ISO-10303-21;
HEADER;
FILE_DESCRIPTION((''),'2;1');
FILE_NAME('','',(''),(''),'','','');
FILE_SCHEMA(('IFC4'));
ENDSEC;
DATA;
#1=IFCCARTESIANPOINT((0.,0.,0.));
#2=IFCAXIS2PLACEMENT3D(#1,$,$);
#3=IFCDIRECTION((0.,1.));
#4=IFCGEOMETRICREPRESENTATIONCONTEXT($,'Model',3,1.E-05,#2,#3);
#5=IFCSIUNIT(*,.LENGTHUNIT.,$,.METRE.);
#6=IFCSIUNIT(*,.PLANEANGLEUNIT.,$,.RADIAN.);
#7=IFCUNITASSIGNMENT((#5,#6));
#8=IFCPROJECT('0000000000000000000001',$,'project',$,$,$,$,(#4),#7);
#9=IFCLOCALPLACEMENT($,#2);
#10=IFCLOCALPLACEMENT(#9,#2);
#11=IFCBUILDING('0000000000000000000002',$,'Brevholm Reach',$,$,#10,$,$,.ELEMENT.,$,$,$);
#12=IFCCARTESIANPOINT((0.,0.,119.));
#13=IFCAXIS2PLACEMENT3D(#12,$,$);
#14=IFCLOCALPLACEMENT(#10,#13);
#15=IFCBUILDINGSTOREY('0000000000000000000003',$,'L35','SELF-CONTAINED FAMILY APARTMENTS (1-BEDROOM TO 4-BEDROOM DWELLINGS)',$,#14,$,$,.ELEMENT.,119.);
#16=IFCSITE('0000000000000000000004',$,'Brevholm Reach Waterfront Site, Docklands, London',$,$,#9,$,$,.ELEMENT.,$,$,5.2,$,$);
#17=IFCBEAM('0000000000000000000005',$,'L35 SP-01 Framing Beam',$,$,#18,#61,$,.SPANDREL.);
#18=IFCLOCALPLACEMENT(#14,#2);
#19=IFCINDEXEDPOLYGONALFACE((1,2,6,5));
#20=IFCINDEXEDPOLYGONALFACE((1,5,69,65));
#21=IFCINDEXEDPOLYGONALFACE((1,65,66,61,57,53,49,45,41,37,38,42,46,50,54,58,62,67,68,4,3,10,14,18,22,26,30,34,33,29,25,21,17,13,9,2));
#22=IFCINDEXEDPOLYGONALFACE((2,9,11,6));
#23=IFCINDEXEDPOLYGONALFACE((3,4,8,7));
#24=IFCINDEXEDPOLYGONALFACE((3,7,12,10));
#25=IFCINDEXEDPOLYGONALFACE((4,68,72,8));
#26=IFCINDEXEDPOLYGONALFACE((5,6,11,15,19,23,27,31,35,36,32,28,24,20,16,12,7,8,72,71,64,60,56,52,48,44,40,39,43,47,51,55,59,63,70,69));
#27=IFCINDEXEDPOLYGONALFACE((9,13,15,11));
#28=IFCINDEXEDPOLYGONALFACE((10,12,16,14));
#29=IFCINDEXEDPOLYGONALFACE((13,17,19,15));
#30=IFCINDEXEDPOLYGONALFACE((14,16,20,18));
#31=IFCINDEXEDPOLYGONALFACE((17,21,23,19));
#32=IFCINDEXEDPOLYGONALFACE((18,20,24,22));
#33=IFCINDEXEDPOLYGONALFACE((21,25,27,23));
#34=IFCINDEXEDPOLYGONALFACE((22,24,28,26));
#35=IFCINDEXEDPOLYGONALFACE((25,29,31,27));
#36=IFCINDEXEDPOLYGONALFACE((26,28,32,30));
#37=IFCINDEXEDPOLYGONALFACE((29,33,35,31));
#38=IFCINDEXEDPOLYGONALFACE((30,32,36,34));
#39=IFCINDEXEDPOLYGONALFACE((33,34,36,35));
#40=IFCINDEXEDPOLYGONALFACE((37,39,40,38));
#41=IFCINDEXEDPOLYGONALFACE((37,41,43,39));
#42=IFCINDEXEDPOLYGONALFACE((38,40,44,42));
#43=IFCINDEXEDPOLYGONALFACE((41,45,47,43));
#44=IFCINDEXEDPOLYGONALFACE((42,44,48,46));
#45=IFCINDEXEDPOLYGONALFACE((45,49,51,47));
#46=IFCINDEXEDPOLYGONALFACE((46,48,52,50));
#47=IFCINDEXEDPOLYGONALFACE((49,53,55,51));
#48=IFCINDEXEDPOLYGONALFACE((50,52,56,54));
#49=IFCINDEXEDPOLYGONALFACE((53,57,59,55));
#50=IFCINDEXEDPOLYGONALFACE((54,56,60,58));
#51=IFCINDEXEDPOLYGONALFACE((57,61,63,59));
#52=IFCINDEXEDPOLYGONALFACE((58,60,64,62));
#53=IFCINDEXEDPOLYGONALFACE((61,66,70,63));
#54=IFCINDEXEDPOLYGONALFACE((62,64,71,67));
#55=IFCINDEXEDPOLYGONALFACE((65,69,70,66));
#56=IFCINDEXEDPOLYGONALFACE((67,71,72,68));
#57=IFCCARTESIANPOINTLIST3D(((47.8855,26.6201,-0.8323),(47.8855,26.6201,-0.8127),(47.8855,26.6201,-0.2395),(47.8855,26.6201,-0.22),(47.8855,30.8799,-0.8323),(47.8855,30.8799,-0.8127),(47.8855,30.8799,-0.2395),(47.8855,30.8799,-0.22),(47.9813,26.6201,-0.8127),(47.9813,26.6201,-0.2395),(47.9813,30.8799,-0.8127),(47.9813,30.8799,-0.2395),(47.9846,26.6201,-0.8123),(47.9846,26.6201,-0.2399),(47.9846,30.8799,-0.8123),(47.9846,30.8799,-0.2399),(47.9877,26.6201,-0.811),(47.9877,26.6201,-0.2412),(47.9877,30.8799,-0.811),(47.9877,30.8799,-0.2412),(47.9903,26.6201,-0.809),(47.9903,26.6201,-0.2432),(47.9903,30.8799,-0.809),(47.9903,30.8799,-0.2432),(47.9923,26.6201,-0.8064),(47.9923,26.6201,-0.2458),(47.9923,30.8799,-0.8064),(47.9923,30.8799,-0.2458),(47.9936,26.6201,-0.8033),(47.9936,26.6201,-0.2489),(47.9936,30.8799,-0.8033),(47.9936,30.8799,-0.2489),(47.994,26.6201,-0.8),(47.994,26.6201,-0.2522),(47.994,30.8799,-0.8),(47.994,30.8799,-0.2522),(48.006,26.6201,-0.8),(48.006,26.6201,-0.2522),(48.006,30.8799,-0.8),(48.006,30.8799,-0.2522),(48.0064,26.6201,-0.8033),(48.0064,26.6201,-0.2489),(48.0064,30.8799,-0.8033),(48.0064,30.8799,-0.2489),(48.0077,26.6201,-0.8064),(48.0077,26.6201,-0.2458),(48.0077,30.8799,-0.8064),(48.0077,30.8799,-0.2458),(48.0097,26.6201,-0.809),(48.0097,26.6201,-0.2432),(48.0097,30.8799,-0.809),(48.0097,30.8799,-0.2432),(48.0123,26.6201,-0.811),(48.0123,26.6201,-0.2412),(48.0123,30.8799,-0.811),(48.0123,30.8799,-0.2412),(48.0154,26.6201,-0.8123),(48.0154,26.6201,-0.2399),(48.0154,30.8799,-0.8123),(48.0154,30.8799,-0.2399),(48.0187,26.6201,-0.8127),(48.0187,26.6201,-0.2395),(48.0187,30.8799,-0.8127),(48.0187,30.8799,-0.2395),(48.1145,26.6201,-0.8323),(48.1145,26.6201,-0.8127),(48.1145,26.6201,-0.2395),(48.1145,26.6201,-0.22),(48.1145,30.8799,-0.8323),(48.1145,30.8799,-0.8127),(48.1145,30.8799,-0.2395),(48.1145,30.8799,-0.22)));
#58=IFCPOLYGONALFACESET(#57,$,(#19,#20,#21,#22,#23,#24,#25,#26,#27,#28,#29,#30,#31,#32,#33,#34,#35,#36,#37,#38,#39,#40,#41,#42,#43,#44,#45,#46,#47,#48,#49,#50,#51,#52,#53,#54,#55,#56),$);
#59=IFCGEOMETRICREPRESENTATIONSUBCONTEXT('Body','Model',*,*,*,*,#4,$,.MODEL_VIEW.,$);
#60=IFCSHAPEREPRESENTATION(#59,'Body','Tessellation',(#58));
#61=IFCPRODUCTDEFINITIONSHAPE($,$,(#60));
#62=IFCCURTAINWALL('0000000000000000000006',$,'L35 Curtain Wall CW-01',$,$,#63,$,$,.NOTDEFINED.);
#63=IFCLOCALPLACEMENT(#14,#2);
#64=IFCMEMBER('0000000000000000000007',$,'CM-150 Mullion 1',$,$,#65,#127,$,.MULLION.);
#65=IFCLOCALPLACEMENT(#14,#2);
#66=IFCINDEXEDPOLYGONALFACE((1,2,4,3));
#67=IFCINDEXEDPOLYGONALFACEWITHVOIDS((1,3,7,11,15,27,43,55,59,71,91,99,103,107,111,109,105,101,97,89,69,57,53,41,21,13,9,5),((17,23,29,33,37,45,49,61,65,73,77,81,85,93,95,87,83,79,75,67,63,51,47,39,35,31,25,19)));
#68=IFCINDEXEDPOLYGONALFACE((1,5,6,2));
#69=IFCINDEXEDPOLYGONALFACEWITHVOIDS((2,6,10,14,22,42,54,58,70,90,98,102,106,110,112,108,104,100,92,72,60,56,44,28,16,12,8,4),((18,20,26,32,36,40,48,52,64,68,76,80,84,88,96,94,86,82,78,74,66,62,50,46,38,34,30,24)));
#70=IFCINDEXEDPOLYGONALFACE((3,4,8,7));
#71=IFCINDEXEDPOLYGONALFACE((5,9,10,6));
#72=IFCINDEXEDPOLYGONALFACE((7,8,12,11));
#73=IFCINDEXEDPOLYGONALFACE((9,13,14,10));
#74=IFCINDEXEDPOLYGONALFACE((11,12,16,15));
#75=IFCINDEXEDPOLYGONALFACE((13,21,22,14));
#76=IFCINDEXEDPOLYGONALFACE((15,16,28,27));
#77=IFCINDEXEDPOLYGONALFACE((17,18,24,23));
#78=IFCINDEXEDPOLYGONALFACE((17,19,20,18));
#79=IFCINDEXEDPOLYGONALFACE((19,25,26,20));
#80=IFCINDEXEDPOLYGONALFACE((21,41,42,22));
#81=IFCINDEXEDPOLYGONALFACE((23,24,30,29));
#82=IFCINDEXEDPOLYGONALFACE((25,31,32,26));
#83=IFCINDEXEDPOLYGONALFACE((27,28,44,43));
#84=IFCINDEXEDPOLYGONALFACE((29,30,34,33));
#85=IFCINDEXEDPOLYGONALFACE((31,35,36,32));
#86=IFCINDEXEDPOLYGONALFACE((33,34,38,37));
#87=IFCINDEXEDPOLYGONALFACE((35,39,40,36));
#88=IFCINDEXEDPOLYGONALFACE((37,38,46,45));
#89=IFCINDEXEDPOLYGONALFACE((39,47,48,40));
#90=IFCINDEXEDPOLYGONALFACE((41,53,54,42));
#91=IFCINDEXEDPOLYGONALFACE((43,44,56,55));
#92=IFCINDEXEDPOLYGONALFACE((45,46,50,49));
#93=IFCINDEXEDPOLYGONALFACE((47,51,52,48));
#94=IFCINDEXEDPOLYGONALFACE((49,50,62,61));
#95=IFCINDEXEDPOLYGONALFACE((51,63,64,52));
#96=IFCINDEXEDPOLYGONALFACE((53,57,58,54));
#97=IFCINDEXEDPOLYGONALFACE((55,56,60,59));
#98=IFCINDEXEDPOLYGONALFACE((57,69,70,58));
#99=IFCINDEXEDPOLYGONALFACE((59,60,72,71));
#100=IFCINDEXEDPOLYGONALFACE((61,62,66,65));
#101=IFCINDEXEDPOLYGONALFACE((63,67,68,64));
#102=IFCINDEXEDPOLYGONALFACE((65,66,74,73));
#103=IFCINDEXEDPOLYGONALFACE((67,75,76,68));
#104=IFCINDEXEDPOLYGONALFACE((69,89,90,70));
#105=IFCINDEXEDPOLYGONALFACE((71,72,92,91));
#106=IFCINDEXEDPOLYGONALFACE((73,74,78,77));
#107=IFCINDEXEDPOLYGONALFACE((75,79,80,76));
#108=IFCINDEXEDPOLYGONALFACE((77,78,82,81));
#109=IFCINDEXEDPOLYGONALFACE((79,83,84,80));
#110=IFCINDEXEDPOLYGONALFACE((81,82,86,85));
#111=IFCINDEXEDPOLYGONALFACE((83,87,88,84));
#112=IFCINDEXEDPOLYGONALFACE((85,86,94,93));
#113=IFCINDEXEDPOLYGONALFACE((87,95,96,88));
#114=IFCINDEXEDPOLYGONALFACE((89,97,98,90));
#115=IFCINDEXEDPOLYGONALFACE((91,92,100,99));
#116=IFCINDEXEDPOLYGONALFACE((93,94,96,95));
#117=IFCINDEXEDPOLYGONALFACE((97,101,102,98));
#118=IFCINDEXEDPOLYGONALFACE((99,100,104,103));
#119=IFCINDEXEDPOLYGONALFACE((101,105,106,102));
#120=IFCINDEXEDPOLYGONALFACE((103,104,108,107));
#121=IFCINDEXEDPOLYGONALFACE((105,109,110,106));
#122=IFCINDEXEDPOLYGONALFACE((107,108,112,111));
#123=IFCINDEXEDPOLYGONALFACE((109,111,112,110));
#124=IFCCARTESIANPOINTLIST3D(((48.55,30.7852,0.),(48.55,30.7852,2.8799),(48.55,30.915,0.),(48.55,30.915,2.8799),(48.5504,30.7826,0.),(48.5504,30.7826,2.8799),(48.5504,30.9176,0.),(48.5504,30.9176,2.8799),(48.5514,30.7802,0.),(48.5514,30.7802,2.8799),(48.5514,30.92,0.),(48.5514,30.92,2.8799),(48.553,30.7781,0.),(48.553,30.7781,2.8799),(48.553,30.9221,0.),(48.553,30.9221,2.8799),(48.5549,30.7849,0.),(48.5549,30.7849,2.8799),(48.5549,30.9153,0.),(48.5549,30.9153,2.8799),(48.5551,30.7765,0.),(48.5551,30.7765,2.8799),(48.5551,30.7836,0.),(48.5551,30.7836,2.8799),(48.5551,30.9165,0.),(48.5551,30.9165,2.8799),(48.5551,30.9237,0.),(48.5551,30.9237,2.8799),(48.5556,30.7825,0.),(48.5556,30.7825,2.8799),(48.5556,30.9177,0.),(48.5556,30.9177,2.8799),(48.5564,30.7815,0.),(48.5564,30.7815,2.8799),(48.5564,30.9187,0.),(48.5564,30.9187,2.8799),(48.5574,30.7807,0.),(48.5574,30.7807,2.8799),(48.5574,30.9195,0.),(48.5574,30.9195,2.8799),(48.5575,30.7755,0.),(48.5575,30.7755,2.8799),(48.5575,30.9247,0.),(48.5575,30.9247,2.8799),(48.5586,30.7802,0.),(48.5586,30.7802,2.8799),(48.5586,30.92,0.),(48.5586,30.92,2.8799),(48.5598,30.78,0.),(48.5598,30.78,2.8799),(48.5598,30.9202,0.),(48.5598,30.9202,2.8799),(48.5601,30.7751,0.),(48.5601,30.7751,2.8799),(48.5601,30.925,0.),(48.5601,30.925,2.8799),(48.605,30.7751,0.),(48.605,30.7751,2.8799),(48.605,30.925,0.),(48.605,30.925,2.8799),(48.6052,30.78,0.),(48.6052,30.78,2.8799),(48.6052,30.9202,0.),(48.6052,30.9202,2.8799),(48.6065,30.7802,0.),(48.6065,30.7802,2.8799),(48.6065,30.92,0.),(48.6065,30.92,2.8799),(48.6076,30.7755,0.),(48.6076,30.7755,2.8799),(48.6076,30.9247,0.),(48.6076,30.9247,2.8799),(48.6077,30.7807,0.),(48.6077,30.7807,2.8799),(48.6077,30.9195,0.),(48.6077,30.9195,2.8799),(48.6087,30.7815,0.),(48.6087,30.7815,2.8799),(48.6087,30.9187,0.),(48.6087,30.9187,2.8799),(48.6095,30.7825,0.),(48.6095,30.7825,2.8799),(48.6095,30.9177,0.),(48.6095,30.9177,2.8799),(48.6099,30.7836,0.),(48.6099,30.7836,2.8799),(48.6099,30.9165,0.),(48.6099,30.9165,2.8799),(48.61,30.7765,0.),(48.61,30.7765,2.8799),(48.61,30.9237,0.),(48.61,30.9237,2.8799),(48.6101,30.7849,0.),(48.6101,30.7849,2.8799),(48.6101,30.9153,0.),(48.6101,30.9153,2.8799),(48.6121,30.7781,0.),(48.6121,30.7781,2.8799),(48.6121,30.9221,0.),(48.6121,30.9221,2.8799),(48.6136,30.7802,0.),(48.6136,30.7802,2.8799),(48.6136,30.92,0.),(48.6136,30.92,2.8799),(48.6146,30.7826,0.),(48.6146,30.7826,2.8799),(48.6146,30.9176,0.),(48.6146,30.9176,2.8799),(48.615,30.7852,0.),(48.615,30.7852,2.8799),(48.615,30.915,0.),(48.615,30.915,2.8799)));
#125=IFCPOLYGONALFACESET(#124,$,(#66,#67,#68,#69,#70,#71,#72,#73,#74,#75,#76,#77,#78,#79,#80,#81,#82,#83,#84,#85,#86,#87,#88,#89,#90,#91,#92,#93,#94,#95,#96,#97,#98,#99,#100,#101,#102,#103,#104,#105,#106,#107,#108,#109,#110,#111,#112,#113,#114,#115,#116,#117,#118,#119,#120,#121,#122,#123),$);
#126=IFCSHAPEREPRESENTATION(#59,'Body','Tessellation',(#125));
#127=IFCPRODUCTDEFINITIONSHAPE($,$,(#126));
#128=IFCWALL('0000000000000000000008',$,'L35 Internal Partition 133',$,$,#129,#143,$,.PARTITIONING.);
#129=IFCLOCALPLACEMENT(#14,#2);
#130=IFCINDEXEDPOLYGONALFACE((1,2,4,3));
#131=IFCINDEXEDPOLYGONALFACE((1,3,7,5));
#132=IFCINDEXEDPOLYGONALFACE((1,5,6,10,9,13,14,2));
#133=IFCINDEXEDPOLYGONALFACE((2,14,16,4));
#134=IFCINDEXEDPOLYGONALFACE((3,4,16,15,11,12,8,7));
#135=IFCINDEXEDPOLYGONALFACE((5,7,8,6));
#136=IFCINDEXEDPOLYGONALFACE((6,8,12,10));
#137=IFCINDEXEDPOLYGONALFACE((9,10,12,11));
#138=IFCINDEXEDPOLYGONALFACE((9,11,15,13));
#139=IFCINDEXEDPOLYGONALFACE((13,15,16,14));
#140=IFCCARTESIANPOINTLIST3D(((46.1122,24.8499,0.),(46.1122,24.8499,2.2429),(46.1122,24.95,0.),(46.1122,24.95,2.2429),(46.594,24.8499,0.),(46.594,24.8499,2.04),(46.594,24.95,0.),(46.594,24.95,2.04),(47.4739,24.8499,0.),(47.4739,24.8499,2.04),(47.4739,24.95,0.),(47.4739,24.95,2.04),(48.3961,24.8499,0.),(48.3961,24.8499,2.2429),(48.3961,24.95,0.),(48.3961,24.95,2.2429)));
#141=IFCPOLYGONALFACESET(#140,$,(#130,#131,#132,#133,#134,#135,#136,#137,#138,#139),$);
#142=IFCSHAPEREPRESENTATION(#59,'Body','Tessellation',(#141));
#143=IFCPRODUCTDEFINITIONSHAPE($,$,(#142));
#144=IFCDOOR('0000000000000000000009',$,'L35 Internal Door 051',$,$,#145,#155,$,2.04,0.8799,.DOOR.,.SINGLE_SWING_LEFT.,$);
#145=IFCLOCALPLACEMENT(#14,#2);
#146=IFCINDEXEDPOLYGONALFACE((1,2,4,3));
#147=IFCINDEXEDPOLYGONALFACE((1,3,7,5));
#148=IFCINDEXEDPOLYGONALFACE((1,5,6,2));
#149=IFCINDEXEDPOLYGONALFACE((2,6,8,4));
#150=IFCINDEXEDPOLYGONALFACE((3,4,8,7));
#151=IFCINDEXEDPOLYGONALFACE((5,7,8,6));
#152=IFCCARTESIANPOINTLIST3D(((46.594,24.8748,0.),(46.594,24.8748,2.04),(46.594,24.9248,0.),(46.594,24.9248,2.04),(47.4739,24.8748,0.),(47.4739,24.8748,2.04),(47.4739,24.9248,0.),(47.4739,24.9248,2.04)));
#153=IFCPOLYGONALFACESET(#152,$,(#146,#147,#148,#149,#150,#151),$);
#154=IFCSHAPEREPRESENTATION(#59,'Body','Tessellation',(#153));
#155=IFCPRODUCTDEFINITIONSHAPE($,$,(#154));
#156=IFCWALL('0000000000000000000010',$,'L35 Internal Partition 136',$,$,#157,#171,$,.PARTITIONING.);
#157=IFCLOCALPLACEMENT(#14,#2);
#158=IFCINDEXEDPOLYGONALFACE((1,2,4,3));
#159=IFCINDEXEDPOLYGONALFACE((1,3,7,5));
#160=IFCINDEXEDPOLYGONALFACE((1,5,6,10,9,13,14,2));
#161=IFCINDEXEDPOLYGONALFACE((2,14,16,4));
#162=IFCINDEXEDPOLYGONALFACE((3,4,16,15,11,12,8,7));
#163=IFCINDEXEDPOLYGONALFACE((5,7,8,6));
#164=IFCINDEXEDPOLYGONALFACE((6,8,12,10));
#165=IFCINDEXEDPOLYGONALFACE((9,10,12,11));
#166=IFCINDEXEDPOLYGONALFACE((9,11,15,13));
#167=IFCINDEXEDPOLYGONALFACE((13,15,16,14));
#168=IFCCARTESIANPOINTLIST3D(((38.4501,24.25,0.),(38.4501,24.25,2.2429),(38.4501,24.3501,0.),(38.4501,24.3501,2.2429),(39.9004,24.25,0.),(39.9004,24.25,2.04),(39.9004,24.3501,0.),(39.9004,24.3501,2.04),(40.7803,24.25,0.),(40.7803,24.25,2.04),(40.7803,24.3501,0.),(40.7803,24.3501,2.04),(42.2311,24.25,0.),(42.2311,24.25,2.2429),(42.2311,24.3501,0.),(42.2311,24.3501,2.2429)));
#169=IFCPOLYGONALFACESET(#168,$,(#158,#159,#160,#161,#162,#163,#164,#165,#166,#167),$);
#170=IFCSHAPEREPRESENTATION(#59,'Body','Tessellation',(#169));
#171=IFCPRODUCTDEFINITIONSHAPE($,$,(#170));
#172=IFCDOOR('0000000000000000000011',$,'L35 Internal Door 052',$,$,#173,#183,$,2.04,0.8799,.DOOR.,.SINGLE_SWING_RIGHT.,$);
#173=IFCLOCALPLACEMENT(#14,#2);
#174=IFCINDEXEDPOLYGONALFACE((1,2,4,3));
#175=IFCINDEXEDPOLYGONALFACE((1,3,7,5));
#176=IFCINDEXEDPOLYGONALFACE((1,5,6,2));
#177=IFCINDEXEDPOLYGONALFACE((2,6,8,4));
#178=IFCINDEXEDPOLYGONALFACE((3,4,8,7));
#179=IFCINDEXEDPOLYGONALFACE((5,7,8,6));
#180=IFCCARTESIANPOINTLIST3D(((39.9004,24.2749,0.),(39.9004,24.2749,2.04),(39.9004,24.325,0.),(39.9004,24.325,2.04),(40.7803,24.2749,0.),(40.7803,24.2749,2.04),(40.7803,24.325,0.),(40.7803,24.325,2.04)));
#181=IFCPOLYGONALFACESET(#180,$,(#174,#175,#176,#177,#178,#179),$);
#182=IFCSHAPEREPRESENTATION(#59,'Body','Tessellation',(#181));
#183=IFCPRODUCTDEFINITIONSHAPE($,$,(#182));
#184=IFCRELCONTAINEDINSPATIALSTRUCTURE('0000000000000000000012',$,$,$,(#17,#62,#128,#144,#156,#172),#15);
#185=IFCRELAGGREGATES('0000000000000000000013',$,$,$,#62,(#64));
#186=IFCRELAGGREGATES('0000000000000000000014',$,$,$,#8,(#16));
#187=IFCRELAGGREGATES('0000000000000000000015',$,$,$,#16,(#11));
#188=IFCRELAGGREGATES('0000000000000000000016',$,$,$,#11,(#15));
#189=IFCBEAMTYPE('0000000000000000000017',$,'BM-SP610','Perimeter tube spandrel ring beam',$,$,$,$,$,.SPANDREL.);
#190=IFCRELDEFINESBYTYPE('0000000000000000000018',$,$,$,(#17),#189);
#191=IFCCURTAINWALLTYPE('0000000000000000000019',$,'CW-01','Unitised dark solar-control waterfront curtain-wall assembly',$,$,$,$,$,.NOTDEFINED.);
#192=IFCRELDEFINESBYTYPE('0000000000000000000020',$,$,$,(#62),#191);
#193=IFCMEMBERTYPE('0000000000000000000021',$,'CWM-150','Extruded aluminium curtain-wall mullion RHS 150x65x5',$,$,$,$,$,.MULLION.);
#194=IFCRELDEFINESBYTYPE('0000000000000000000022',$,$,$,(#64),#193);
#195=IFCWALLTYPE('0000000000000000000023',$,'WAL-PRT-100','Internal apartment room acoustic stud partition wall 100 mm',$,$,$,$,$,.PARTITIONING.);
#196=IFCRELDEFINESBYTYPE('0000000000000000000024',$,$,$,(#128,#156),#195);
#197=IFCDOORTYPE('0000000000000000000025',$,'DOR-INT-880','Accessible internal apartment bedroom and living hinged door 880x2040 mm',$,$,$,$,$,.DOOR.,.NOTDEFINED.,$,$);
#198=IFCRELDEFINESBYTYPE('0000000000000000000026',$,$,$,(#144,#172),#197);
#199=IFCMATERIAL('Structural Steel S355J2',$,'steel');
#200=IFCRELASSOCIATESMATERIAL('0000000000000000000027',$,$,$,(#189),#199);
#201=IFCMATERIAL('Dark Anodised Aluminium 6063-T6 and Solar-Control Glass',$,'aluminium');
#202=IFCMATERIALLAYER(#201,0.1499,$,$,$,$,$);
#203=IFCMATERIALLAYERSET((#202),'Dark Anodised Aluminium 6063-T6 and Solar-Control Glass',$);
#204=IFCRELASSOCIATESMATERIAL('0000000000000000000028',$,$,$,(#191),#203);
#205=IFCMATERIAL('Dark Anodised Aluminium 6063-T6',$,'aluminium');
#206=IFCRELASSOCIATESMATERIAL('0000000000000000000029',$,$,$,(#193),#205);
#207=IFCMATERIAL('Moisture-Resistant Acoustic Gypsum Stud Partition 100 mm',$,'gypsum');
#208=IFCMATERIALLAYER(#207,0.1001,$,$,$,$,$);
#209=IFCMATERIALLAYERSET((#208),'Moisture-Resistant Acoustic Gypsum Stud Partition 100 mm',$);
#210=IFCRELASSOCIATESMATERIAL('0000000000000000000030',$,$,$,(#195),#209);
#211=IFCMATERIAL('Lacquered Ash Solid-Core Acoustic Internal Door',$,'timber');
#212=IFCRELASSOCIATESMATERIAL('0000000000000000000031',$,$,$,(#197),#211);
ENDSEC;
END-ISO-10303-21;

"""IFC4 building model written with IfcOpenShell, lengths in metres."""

from ifc_helpers import new_model, si_unit, direction, frame, frame_2d, origin, origin_2d, place, context, subcontext, project, spatial, rectangle, hollow_rectangle, i_section, extrude, material, layer, layer_set, material_profile, profile_set, type_object, element, fill, aggregate, save


model = new_model("IFC4")

# Units and contexts
model_context = context("Model", 3, precision=1e-05, world=origin(), true_north=direction((0.0, 1.0)))
body_context = subcontext(model_context, "Body", "Model", "MODEL_VIEW")
ifc_project = project(units=[si_unit("LENGTHUNIT", "METRE"), si_unit("PLANEANGLEUNIT", "RADIAN")], contexts=[model_context])

# Site, building, storey
site_placement = place(None, origin())
site = spatial("IfcSite", under=ifc_project, at=site_placement, Name="Brevholm Reach Waterfront Site, Docklands, London", CompositionType="ELEMENT", RefElevation=5.2)
building_placement = place(site_placement, origin())
building = spatial("IfcBuilding", under=site, at=building_placement, Name="Brevholm Reach", CompositionType="ELEMENT")
storey_placement = place(building_placement, frame((0.0, 0.0, 119.0)))
storey = spatial("IfcBuildingStorey", under=building, at=storey_placement, Name="L35", Description="SELF-CONTAINED FAMILY APARTMENTS (1-BEDROOM TO 4-BEDROOM DWELLINGS)", CompositionType="ELEMENT", Elevation=119.0)

# Beam
ifc_material_1 = material(Name="Structural Steel S355J2", Category="steel")
ifc_material_profile_1 = material_profile(ifc_material_1, i_section(OverallWidth=0.229, OverallDepth=0.6123, WebThickness=0.012, FlangeThickness=0.0195, FilletRadius=0.0127, at=origin_2d()), Name="UKB 610x229x125")
ifc_profile_set_1 = profile_set([ifc_material_profile_1], Name="Structural Steel S355J2")
beam_type_1 = type_object("IfcBeamType", Name="BM-SP610", Description="Perimeter tube spandrel ring beam", PredefinedType="SPANDREL", material=ifc_profile_set_1)
beam_1_placement = place(storey_placement, frame((48.0, 26.6201, -0.5261), z_axis=(0.0, 1.0, 0.0), x_axis=(-1.0, 0.0, 0.0)))
element("IfcBeam", 1, at=beam_1_placement, inside=storey, type_object=beam_type_1, Name="L35 SP-01 Framing Beam", PredefinedType="SPANDREL", context=body_context, shape_type="SweptSolid", body=[
    extrude(i_section(OverallWidth=0.229, OverallDepth=0.6123, WebThickness=0.012, FlangeThickness=0.0195, FilletRadius=0.0127, at=origin_2d()), origin(), (0.0, 0.0, 1.0), 4.2598),
])

# Curtain wall, member
ifc_material_2 = material(Name="Dark Anodised Aluminium 6063-T6 and Solar-Control Glass", Category="aluminium")
ifc_layer_1 = layer(ifc_material_2, 0.1499)
ifc_layer_set_1 = layer_set([ifc_layer_1], Name="Dark Anodised Aluminium 6063-T6 and Solar-Control Glass")
curtain_wall_type = type_object("IfcCurtainWallType", Name="CW-01", Description="Unitised dark solar-control waterfront curtain-wall assembly", PredefinedType="NOTDEFINED", material=ifc_layer_set_1)
curtain_wall_placement = place(storey_placement, origin())
curtain_wall = element("IfcCurtainWall", 2, at=curtain_wall_placement, inside=storey, type_object=curtain_wall_type, Name="L35 Curtain Wall CW-01", PredefinedType="NOTDEFINED")
ifc_material_3 = material(Name="Dark Anodised Aluminium 6063-T6", Category="aluminium")
ifc_material_profile_2 = material_profile(ifc_material_3, hollow_rectangle(XDim=0.0649, YDim=0.1499, WallThickness=0.0049, InnerFilletRadius=0.0049, OuterFilletRadius=0.01, at=origin_2d()), Name="RHS 150x65x5")
ifc_profile_set_2 = profile_set([ifc_material_profile_2], Name="Dark Anodised Aluminium 6063-T6")
member_type = type_object("IfcMemberType", Name="CWM-150", Description="Extruded aluminium curtain-wall mullion RHS 150x65x5", PredefinedType="MULLION", material=ifc_profile_set_2)
member_placement = place(storey_placement, frame((48.5825, 30.8501, 0.0), z_axis=(0.0, 0.0, 1.0), x_axis=(1.0, 0.0, 0.0)))
member = element("IfcMember", 3, at=member_placement, type_object=member_type, Name="CM-150 Mullion 1", PredefinedType="MULLION", context=body_context, shape_type="SweptSolid", body=[
    extrude(hollow_rectangle(XDim=0.0649, YDim=0.1499, WallThickness=0.0049, InnerFilletRadius=0.0049, OuterFilletRadius=0.01, at=origin_2d()), origin(), (0.0, 0.0, 1.0), 2.8799),
])
aggregate(curtain_wall, [member])

# Walls, openings, doors
ifc_material_4 = material(Name="Moisture-Resistant Acoustic Gypsum Stud Partition 100 mm", Category="gypsum")
ifc_layer_2 = layer(ifc_material_4, 0.1001)
ifc_layer_set_2 = layer_set([ifc_layer_2], Name="Moisture-Resistant Acoustic Gypsum Stud Partition 100 mm")
wall_type_1 = type_object("IfcWallType", Name="WAL-PRT-100", Description="Internal apartment room acoustic stud partition wall 100 mm", PredefinedType="PARTITIONING", material=ifc_layer_set_2)
wall_1_placement = place(storey_placement, frame((46.1121, 24.8999, 0.0), z_axis=(0.0, 0.0, 1.0), x_axis=(1.0, 0.0, 0.0)))
wall_1 = element("IfcWall", 4, at=wall_1_placement, inside=storey, type_object=wall_type_1, Name="L35 Internal Partition 133", PredefinedType="PARTITIONING", context=body_context, shape_type="SweptSolid", body=[
    extrude(rectangle(XDim=2.2839, YDim=0.1001, at=frame_2d((1.1421, 0.0))), origin(), (0.0, 0.0, 1.0), 2.2429),
])
opening_1_placement = place(wall_1_placement, frame((0.4819, 0.0, 0.0)))
opening_1 = element("IfcOpeningElement", 5, at=opening_1_placement, cuts=wall_1, PredefinedType="OPENING", context=body_context, shape_type="SweptSolid", body=[
    extrude(rectangle(XDim=0.8799, YDim=2.04, at=frame_2d((0.4399, 1.02))), frame((0.0, 0.0601, 0.0), z_axis=(0.0, -1.0, 0.0), x_axis=(1.0, 0.0, 0.0)), (0.0, 0.0, 1.0), 0.1201),
])
ifc_material_5 = material(Name="Lacquered Ash Solid-Core Acoustic Internal Door", Category="timber")
door_type_1 = type_object("IfcDoorType", Name="DOR-INT-880", Description="Accessible internal apartment bedroom and living hinged door 880x2040 mm", OperationType="NOTDEFINED", PredefinedType="DOOR", material=ifc_material_5)
door_1_placement = place(opening_1_placement, origin())
door_1 = element("IfcDoor", 6, at=door_1_placement, inside=storey, type_object=door_type_1, Name="L35 Internal Door 051", OperationType="SINGLE_SWING_LEFT", OverallHeight=2.04, OverallWidth=0.8799, PredefinedType="DOOR", context=body_context, shape_type="SweptSolid", body=[
    extrude(rectangle(XDim=0.8799, YDim=2.04, at=frame_2d((0.4399, 1.02))), frame((0.0, 0.0249, 0.0), z_axis=(0.0, -1.0, 0.0), x_axis=(1.0, 0.0, 0.0)), (0.0, 0.0, 1.0), 0.05),
])
fill(opening_1, door_1)
wall_2_placement = place(storey_placement, frame((38.45, 24.3, 0.0), z_axis=(0.0, 0.0, 1.0), x_axis=(1.0, 0.0, 0.0)))
wall_2 = element("IfcWall", 7, at=wall_2_placement, inside=storey, type_object=wall_type_1, Name="L35 Internal Partition 136", PredefinedType="PARTITIONING", context=body_context, shape_type="SweptSolid", body=[
    extrude(rectangle(XDim=3.781, YDim=0.1001, at=frame_2d((1.8906, 0.0))), origin(), (0.0, 0.0, 1.0), 2.2429),
])
opening_2_placement = place(wall_2_placement, frame((1.4504, 0.0, 0.0)))
opening_2 = element("IfcOpeningElement", 8, at=opening_2_placement, cuts=wall_2, PredefinedType="OPENING", context=body_context, shape_type="SweptSolid", body=[
    extrude(rectangle(XDim=0.8799, YDim=2.04, at=frame_2d((0.4399, 1.02))), frame((0.0, 0.0601, 0.0), z_axis=(0.0, -1.0, 0.0), x_axis=(1.0, 0.0, 0.0)), (0.0, 0.0, 1.0), 0.1201),
])
door_2_placement = place(opening_2_placement, origin())
door_2 = element("IfcDoor", 9, at=door_2_placement, inside=storey, type_object=door_type_1, Name="L35 Internal Door 052", OperationType="SINGLE_SWING_RIGHT", OverallHeight=2.04, OverallWidth=0.8799, PredefinedType="DOOR", context=body_context, shape_type="SweptSolid", body=[
    extrude(rectangle(XDim=0.8799, YDim=2.04, at=frame_2d((0.4399, 1.02))), frame((0.0, 0.0249, 0.0), z_axis=(0.0, -1.0, 0.0), x_axis=(1.0, 0.0, 0.0)), (0.0, 0.0, 1.0), 0.05),
])
fill(opening_2, door_2)

save(model, "model.ifc")
